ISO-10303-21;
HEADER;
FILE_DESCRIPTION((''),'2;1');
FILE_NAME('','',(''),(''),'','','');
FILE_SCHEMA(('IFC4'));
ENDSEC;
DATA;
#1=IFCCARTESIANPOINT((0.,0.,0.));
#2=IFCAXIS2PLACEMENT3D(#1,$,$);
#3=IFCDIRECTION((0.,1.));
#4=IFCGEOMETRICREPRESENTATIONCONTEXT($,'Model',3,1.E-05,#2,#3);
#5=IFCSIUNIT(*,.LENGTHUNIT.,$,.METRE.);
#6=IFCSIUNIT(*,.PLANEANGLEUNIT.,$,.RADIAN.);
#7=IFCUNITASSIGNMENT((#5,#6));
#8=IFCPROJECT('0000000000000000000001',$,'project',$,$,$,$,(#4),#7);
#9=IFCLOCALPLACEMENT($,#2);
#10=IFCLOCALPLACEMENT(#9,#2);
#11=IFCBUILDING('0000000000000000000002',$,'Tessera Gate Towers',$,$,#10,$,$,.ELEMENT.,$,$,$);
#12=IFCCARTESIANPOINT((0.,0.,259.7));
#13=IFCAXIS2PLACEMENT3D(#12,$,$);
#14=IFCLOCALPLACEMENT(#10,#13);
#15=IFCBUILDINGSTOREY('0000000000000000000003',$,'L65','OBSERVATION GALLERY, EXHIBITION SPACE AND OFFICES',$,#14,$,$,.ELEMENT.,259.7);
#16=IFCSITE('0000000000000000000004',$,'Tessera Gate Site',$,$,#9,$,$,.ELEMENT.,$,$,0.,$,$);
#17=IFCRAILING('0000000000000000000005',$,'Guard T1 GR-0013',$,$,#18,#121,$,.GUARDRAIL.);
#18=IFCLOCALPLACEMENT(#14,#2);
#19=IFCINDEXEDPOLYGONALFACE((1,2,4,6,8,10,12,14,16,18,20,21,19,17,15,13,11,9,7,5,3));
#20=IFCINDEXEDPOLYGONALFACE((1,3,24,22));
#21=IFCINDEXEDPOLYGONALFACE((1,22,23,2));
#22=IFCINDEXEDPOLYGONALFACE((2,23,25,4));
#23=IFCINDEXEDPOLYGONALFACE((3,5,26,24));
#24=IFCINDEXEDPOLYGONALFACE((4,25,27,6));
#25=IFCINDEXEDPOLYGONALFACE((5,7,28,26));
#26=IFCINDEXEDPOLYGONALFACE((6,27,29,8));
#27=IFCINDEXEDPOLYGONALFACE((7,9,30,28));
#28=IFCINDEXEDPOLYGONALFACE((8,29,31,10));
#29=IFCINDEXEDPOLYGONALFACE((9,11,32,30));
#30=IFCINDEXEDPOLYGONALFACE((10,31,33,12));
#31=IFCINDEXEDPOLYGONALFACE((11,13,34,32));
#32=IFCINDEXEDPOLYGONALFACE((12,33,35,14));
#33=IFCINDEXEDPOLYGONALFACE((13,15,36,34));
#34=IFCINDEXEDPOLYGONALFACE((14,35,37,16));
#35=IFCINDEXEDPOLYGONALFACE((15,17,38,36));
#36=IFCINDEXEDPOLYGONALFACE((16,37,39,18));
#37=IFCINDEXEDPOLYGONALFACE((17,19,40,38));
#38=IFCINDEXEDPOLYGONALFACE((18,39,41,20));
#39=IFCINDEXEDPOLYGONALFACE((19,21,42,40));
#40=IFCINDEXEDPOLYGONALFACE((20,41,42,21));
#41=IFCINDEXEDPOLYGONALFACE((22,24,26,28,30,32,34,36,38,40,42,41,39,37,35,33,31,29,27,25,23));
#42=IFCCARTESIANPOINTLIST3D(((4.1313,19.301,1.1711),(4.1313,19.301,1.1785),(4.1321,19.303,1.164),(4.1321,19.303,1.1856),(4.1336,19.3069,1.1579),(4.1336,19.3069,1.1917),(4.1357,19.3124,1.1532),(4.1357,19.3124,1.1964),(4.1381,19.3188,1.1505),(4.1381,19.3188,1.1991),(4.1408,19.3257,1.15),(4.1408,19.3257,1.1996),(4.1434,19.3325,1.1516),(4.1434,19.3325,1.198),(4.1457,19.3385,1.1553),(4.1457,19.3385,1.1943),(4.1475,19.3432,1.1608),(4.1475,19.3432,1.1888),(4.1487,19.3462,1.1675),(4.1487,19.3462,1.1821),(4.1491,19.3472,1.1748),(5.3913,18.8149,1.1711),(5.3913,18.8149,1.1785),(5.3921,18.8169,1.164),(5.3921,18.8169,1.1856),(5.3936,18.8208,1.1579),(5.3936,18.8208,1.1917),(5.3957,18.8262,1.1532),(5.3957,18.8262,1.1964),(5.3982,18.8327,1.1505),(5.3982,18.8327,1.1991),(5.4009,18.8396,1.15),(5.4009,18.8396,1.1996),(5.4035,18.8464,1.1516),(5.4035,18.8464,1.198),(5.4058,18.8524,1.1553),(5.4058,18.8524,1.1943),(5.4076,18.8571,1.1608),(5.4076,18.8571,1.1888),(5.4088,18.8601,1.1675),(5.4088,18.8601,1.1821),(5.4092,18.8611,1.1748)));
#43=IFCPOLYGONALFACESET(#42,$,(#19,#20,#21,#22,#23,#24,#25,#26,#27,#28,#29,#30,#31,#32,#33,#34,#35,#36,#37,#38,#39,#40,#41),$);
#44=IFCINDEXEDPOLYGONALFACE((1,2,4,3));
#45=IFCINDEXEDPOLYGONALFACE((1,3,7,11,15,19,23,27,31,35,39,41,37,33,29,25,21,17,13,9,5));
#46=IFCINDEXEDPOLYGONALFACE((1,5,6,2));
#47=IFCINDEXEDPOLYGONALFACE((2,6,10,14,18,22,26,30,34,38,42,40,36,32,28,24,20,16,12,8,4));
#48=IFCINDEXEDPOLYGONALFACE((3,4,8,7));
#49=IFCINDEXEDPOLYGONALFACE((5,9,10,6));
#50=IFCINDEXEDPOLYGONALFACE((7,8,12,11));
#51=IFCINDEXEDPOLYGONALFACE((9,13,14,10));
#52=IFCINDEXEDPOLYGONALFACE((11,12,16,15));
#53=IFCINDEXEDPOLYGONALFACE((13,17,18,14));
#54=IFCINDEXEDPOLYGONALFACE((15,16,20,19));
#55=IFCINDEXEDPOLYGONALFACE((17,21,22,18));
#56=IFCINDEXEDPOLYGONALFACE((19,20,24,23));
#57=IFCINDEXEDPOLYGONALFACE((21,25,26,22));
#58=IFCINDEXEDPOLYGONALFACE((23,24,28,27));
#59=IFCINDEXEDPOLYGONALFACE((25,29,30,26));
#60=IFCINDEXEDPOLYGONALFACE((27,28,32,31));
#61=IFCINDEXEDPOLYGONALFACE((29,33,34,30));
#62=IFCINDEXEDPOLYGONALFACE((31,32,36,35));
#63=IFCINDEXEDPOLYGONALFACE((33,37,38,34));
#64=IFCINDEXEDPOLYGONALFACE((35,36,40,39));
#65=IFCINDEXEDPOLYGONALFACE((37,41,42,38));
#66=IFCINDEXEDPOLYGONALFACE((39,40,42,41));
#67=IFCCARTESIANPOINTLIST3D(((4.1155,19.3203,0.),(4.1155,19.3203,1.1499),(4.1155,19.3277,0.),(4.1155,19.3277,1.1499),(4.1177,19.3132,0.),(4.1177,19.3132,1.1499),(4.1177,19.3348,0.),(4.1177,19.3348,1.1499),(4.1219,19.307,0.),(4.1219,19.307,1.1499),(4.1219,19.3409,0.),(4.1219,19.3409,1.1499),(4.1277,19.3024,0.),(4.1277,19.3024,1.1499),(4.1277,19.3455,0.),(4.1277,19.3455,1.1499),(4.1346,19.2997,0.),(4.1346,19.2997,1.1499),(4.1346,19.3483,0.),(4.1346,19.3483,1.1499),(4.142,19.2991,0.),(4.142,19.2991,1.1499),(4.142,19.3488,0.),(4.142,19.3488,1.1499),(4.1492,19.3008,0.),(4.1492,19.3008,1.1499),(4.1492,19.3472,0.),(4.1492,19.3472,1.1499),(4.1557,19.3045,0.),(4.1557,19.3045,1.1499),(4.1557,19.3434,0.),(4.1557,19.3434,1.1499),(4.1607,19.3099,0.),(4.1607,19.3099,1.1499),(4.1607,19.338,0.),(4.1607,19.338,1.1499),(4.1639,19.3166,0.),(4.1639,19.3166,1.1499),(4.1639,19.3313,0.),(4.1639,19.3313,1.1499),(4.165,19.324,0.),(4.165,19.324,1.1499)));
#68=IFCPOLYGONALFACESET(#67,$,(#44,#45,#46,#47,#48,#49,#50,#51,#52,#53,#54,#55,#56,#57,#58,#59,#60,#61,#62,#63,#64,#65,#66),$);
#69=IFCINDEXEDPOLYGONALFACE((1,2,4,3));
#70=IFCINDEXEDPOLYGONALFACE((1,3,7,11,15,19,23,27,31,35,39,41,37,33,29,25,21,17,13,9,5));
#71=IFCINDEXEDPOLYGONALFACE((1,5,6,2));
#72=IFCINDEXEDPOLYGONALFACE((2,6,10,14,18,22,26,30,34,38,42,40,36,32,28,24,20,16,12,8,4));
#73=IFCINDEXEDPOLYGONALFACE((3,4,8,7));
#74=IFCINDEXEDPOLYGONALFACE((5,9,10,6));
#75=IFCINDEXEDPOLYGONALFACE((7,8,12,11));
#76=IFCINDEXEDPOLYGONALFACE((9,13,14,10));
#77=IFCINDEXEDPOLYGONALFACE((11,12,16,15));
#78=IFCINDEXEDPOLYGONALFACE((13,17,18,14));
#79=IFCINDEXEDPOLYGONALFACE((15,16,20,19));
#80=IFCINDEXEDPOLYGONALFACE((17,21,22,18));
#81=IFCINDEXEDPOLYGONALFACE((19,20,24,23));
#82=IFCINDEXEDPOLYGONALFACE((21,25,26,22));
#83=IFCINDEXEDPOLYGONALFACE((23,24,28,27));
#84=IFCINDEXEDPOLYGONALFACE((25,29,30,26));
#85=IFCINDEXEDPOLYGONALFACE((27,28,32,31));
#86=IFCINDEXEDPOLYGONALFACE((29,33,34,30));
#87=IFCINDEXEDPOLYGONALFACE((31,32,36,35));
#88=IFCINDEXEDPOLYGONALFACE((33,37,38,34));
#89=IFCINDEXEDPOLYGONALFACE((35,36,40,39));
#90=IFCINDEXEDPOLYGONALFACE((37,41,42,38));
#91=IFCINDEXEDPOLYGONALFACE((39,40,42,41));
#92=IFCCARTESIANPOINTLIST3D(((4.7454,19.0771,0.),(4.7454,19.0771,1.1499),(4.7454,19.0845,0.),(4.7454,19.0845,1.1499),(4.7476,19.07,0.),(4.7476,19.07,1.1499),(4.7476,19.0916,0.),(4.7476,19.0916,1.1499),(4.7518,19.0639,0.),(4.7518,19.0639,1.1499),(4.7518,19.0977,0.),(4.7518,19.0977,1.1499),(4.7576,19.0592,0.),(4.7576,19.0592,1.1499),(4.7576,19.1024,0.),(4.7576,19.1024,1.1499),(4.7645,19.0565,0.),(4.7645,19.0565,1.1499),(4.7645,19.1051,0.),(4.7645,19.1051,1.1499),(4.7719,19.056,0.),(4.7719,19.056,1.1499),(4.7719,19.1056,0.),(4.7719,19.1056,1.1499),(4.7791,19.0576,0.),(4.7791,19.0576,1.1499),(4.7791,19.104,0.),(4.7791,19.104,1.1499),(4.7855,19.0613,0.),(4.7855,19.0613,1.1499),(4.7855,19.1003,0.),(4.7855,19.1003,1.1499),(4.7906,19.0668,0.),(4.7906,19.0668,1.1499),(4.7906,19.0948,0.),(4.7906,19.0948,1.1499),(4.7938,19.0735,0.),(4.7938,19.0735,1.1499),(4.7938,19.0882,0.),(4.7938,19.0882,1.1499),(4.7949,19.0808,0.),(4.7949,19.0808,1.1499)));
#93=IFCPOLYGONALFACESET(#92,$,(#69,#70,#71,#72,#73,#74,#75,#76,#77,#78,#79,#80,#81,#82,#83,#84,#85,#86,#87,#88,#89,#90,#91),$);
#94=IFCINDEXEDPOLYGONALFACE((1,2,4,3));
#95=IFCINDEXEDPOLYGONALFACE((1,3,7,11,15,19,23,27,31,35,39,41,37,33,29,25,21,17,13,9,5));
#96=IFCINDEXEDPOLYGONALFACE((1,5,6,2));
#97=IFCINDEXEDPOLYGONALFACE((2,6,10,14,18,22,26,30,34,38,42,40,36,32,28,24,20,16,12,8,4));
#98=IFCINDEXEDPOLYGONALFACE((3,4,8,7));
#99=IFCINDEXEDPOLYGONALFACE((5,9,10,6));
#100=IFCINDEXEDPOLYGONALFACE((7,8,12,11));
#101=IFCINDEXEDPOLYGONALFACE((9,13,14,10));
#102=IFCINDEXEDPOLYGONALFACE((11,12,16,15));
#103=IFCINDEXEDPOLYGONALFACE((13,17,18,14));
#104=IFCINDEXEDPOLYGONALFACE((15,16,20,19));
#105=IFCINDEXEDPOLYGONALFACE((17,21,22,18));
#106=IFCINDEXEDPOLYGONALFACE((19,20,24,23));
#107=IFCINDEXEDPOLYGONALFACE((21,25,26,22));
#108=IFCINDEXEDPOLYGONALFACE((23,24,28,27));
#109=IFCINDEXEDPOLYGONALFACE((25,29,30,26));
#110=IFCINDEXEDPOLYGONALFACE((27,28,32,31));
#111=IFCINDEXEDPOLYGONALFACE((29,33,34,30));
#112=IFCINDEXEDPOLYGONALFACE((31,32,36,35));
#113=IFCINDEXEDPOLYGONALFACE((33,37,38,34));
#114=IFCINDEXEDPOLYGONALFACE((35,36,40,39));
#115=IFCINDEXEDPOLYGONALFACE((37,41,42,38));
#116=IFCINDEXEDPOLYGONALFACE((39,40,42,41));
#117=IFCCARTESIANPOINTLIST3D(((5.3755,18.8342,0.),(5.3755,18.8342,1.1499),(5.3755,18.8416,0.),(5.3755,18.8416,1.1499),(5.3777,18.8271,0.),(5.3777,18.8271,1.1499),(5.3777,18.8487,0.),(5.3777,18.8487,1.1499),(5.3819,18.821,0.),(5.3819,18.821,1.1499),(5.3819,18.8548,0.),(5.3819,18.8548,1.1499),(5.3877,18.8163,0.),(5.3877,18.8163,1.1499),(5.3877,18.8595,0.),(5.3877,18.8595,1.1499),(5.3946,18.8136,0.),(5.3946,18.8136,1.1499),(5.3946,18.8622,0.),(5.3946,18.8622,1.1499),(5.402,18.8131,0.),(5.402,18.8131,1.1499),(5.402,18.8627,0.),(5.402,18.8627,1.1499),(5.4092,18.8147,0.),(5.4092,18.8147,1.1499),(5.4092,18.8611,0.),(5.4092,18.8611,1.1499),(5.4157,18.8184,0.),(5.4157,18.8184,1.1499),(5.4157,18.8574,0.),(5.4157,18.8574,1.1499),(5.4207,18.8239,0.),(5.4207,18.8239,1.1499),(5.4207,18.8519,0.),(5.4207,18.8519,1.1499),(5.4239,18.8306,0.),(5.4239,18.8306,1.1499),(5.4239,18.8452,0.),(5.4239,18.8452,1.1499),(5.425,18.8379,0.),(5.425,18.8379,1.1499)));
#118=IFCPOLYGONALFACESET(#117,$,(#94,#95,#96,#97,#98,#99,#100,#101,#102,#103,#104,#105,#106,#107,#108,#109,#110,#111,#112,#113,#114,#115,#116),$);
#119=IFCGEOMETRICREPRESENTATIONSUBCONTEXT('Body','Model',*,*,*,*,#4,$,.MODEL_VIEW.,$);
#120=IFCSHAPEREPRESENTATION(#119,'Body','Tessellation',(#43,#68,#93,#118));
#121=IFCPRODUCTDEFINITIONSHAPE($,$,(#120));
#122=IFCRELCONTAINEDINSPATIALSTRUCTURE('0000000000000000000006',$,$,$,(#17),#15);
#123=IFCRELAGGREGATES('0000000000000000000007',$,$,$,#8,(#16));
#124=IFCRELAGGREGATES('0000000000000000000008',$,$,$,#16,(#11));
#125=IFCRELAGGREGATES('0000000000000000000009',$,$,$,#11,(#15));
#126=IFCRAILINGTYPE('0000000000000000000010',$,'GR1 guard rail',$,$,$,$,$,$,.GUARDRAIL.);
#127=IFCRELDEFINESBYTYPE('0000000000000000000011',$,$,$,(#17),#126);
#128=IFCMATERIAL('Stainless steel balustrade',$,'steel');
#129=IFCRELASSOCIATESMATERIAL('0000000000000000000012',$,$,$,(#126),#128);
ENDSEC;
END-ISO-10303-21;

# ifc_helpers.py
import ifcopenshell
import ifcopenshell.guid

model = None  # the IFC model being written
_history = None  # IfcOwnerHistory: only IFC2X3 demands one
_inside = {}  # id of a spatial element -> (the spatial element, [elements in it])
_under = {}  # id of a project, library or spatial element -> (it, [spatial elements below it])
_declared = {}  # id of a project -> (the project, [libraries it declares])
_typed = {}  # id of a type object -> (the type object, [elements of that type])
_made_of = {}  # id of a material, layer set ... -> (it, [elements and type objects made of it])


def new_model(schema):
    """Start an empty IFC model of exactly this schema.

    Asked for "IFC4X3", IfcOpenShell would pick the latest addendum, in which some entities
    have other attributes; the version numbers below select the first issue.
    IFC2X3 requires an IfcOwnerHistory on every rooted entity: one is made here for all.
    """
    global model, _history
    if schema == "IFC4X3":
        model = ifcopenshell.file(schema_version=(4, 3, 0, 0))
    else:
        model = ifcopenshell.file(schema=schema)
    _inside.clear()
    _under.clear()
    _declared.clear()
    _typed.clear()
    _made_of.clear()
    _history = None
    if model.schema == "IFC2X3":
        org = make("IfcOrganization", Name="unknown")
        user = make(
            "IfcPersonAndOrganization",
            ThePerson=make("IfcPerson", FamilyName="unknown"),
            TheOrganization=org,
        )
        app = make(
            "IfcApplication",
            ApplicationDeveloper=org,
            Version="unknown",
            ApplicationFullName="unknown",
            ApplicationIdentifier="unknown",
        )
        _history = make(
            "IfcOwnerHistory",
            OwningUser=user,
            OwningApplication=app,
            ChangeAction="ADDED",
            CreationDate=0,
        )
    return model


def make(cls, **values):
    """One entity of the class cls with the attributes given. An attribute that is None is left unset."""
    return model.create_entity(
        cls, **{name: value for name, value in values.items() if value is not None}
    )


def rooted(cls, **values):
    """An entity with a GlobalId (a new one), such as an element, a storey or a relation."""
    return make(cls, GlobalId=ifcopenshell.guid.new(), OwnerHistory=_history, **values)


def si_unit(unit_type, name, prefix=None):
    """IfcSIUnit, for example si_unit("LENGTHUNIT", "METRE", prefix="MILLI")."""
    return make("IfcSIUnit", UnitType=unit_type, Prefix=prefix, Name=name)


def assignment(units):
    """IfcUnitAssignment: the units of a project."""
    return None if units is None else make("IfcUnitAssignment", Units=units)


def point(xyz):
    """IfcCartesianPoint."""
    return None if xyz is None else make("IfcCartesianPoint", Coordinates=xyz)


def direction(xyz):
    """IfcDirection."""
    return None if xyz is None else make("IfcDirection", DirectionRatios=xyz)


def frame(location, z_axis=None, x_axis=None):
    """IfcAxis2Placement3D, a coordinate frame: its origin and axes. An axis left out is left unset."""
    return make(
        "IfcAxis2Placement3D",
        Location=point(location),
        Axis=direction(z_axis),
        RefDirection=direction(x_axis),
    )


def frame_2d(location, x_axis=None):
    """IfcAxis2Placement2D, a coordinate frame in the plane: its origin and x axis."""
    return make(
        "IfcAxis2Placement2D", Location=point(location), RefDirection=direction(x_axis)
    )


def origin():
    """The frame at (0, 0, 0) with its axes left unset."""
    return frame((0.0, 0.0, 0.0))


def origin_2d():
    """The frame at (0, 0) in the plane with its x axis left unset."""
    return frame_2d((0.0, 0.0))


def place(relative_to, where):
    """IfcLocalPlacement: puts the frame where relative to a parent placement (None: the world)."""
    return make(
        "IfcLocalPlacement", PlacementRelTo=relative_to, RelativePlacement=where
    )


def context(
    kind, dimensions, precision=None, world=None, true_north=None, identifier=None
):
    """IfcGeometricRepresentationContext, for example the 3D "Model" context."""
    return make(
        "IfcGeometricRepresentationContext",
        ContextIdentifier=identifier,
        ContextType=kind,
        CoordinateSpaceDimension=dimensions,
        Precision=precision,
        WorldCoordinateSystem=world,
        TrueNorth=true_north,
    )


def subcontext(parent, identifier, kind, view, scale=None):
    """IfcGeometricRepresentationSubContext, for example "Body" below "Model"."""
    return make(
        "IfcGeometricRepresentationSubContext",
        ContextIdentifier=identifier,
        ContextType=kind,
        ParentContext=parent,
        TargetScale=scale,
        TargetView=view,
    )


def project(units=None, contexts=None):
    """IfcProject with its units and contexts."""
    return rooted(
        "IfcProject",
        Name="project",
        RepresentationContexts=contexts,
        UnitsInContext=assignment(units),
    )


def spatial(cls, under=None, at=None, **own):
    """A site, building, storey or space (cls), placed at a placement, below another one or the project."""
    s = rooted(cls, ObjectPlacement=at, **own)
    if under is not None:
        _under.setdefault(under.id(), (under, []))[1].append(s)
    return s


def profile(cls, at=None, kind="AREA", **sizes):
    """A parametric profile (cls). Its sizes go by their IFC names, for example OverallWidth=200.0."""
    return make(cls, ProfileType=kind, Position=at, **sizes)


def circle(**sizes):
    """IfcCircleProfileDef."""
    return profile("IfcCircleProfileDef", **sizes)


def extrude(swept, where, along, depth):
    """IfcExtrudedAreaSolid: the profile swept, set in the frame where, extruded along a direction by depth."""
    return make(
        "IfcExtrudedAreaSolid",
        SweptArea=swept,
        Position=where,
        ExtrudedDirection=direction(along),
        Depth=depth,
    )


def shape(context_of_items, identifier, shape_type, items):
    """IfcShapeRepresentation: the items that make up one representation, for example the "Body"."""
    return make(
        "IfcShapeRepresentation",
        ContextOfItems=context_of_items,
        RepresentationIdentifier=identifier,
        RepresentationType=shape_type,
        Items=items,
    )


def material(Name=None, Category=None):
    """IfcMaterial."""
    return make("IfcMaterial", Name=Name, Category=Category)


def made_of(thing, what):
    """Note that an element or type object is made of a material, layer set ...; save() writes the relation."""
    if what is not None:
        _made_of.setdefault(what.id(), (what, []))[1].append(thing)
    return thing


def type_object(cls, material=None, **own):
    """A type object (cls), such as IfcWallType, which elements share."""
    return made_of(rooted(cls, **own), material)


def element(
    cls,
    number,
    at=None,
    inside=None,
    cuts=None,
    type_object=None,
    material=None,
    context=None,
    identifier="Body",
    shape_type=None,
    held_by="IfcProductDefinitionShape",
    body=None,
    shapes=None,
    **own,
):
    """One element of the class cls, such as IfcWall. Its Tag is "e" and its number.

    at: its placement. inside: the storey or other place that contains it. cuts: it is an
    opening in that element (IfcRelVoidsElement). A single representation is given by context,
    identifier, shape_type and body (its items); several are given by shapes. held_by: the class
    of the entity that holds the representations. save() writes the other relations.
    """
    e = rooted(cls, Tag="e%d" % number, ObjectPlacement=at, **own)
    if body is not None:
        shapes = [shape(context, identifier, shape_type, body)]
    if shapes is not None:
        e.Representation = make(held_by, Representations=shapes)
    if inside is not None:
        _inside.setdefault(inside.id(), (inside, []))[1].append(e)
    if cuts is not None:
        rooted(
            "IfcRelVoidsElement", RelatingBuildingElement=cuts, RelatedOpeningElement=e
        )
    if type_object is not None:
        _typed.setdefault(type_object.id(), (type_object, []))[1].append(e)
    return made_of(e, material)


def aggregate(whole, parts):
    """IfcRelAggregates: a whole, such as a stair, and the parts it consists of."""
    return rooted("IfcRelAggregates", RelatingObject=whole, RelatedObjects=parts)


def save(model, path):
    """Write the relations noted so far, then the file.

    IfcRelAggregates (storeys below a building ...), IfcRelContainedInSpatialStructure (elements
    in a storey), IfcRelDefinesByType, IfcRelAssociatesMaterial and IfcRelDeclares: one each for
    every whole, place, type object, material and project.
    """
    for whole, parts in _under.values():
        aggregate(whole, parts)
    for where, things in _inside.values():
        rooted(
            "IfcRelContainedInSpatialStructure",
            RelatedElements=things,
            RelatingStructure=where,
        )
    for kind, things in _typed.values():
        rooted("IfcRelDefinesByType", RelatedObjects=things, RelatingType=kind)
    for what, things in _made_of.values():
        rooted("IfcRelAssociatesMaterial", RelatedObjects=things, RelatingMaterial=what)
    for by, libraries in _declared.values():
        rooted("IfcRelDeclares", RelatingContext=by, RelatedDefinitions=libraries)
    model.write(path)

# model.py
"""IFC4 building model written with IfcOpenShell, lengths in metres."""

from ifc_helpers import new_model, si_unit, direction, frame, origin, origin_2d, place, context, subcontext, project, spatial, circle, extrude, material, type_object, element, save


model = new_model("IFC4")

# Units and contexts
model_context = context("Model", 3, precision=1e-05, world=origin(), true_north=direction((0.0, 1.0)))
body_context = subcontext(model_context, "Body", "Model", "MODEL_VIEW")
ifc_project = project(units=[si_unit("LENGTHUNIT", "METRE"), si_unit("PLANEANGLEUNIT", "RADIAN")], contexts=[model_context])

# Site, building, storey
site_placement = place(None, origin())
site = spatial("IfcSite", under=ifc_project, at=site_placement, Name="Tessera Gate Site", CompositionType="ELEMENT", RefElevation=0.0)
building_placement = place(site_placement, origin())
building = spatial("IfcBuilding", under=site, at=building_placement, Name="Tessera Gate Towers", CompositionType="ELEMENT")
storey_placement = place(building_placement, frame((0.0, 0.0, 259.7)))
storey = spatial("IfcBuildingStorey", under=building, at=storey_placement, Name="L65", Description="OBSERVATION GALLERY, EXHIBITION SPACE AND OFFICES", CompositionType="ELEMENT", Elevation=259.7)

# Railing
ifc_material_1 = material(Name="Stainless steel balustrade", Category="steel")
railing_type = type_object("IfcRailingType", Name="GR1 guard rail", PredefinedType="GUARDRAIL", material=ifc_material_1)
railing_1_placement = place(storey_placement, frame((4.1401, 19.324, 0.0)))
element("IfcRailing", 1, at=railing_1_placement, inside=storey, type_object=railing_type, Name="Guard T1 GR-0013", PredefinedType="GUARDRAIL", context=body_context, shape_type="SweptSolid", body=[
    extrude(circle(Radius=0.0249, at=origin_2d()), frame((0.0, 0.0, 1.1748), z_axis=(0.932982, -0.359924, 0.0), x_axis=(0.359924, 0.932982, 0.0)), (0.0, 0.0, 1.0), 1.3506),
    extrude(circle(Radius=0.0249, at=origin_2d()), origin(), (0.0, 0.0, 1.0), 1.1499),
    extrude(circle(Radius=0.0249, at=origin_2d()), frame((0.6299, -0.2432, 0.0)), (0.0, 0.0, 1.0), 1.1499),
    extrude(circle(Radius=0.0249, at=origin_2d()), frame((1.26, -0.4861, 0.0)), (0.0, 0.0, 1.0), 1.1499),
])

save(model, "model.ifc")
